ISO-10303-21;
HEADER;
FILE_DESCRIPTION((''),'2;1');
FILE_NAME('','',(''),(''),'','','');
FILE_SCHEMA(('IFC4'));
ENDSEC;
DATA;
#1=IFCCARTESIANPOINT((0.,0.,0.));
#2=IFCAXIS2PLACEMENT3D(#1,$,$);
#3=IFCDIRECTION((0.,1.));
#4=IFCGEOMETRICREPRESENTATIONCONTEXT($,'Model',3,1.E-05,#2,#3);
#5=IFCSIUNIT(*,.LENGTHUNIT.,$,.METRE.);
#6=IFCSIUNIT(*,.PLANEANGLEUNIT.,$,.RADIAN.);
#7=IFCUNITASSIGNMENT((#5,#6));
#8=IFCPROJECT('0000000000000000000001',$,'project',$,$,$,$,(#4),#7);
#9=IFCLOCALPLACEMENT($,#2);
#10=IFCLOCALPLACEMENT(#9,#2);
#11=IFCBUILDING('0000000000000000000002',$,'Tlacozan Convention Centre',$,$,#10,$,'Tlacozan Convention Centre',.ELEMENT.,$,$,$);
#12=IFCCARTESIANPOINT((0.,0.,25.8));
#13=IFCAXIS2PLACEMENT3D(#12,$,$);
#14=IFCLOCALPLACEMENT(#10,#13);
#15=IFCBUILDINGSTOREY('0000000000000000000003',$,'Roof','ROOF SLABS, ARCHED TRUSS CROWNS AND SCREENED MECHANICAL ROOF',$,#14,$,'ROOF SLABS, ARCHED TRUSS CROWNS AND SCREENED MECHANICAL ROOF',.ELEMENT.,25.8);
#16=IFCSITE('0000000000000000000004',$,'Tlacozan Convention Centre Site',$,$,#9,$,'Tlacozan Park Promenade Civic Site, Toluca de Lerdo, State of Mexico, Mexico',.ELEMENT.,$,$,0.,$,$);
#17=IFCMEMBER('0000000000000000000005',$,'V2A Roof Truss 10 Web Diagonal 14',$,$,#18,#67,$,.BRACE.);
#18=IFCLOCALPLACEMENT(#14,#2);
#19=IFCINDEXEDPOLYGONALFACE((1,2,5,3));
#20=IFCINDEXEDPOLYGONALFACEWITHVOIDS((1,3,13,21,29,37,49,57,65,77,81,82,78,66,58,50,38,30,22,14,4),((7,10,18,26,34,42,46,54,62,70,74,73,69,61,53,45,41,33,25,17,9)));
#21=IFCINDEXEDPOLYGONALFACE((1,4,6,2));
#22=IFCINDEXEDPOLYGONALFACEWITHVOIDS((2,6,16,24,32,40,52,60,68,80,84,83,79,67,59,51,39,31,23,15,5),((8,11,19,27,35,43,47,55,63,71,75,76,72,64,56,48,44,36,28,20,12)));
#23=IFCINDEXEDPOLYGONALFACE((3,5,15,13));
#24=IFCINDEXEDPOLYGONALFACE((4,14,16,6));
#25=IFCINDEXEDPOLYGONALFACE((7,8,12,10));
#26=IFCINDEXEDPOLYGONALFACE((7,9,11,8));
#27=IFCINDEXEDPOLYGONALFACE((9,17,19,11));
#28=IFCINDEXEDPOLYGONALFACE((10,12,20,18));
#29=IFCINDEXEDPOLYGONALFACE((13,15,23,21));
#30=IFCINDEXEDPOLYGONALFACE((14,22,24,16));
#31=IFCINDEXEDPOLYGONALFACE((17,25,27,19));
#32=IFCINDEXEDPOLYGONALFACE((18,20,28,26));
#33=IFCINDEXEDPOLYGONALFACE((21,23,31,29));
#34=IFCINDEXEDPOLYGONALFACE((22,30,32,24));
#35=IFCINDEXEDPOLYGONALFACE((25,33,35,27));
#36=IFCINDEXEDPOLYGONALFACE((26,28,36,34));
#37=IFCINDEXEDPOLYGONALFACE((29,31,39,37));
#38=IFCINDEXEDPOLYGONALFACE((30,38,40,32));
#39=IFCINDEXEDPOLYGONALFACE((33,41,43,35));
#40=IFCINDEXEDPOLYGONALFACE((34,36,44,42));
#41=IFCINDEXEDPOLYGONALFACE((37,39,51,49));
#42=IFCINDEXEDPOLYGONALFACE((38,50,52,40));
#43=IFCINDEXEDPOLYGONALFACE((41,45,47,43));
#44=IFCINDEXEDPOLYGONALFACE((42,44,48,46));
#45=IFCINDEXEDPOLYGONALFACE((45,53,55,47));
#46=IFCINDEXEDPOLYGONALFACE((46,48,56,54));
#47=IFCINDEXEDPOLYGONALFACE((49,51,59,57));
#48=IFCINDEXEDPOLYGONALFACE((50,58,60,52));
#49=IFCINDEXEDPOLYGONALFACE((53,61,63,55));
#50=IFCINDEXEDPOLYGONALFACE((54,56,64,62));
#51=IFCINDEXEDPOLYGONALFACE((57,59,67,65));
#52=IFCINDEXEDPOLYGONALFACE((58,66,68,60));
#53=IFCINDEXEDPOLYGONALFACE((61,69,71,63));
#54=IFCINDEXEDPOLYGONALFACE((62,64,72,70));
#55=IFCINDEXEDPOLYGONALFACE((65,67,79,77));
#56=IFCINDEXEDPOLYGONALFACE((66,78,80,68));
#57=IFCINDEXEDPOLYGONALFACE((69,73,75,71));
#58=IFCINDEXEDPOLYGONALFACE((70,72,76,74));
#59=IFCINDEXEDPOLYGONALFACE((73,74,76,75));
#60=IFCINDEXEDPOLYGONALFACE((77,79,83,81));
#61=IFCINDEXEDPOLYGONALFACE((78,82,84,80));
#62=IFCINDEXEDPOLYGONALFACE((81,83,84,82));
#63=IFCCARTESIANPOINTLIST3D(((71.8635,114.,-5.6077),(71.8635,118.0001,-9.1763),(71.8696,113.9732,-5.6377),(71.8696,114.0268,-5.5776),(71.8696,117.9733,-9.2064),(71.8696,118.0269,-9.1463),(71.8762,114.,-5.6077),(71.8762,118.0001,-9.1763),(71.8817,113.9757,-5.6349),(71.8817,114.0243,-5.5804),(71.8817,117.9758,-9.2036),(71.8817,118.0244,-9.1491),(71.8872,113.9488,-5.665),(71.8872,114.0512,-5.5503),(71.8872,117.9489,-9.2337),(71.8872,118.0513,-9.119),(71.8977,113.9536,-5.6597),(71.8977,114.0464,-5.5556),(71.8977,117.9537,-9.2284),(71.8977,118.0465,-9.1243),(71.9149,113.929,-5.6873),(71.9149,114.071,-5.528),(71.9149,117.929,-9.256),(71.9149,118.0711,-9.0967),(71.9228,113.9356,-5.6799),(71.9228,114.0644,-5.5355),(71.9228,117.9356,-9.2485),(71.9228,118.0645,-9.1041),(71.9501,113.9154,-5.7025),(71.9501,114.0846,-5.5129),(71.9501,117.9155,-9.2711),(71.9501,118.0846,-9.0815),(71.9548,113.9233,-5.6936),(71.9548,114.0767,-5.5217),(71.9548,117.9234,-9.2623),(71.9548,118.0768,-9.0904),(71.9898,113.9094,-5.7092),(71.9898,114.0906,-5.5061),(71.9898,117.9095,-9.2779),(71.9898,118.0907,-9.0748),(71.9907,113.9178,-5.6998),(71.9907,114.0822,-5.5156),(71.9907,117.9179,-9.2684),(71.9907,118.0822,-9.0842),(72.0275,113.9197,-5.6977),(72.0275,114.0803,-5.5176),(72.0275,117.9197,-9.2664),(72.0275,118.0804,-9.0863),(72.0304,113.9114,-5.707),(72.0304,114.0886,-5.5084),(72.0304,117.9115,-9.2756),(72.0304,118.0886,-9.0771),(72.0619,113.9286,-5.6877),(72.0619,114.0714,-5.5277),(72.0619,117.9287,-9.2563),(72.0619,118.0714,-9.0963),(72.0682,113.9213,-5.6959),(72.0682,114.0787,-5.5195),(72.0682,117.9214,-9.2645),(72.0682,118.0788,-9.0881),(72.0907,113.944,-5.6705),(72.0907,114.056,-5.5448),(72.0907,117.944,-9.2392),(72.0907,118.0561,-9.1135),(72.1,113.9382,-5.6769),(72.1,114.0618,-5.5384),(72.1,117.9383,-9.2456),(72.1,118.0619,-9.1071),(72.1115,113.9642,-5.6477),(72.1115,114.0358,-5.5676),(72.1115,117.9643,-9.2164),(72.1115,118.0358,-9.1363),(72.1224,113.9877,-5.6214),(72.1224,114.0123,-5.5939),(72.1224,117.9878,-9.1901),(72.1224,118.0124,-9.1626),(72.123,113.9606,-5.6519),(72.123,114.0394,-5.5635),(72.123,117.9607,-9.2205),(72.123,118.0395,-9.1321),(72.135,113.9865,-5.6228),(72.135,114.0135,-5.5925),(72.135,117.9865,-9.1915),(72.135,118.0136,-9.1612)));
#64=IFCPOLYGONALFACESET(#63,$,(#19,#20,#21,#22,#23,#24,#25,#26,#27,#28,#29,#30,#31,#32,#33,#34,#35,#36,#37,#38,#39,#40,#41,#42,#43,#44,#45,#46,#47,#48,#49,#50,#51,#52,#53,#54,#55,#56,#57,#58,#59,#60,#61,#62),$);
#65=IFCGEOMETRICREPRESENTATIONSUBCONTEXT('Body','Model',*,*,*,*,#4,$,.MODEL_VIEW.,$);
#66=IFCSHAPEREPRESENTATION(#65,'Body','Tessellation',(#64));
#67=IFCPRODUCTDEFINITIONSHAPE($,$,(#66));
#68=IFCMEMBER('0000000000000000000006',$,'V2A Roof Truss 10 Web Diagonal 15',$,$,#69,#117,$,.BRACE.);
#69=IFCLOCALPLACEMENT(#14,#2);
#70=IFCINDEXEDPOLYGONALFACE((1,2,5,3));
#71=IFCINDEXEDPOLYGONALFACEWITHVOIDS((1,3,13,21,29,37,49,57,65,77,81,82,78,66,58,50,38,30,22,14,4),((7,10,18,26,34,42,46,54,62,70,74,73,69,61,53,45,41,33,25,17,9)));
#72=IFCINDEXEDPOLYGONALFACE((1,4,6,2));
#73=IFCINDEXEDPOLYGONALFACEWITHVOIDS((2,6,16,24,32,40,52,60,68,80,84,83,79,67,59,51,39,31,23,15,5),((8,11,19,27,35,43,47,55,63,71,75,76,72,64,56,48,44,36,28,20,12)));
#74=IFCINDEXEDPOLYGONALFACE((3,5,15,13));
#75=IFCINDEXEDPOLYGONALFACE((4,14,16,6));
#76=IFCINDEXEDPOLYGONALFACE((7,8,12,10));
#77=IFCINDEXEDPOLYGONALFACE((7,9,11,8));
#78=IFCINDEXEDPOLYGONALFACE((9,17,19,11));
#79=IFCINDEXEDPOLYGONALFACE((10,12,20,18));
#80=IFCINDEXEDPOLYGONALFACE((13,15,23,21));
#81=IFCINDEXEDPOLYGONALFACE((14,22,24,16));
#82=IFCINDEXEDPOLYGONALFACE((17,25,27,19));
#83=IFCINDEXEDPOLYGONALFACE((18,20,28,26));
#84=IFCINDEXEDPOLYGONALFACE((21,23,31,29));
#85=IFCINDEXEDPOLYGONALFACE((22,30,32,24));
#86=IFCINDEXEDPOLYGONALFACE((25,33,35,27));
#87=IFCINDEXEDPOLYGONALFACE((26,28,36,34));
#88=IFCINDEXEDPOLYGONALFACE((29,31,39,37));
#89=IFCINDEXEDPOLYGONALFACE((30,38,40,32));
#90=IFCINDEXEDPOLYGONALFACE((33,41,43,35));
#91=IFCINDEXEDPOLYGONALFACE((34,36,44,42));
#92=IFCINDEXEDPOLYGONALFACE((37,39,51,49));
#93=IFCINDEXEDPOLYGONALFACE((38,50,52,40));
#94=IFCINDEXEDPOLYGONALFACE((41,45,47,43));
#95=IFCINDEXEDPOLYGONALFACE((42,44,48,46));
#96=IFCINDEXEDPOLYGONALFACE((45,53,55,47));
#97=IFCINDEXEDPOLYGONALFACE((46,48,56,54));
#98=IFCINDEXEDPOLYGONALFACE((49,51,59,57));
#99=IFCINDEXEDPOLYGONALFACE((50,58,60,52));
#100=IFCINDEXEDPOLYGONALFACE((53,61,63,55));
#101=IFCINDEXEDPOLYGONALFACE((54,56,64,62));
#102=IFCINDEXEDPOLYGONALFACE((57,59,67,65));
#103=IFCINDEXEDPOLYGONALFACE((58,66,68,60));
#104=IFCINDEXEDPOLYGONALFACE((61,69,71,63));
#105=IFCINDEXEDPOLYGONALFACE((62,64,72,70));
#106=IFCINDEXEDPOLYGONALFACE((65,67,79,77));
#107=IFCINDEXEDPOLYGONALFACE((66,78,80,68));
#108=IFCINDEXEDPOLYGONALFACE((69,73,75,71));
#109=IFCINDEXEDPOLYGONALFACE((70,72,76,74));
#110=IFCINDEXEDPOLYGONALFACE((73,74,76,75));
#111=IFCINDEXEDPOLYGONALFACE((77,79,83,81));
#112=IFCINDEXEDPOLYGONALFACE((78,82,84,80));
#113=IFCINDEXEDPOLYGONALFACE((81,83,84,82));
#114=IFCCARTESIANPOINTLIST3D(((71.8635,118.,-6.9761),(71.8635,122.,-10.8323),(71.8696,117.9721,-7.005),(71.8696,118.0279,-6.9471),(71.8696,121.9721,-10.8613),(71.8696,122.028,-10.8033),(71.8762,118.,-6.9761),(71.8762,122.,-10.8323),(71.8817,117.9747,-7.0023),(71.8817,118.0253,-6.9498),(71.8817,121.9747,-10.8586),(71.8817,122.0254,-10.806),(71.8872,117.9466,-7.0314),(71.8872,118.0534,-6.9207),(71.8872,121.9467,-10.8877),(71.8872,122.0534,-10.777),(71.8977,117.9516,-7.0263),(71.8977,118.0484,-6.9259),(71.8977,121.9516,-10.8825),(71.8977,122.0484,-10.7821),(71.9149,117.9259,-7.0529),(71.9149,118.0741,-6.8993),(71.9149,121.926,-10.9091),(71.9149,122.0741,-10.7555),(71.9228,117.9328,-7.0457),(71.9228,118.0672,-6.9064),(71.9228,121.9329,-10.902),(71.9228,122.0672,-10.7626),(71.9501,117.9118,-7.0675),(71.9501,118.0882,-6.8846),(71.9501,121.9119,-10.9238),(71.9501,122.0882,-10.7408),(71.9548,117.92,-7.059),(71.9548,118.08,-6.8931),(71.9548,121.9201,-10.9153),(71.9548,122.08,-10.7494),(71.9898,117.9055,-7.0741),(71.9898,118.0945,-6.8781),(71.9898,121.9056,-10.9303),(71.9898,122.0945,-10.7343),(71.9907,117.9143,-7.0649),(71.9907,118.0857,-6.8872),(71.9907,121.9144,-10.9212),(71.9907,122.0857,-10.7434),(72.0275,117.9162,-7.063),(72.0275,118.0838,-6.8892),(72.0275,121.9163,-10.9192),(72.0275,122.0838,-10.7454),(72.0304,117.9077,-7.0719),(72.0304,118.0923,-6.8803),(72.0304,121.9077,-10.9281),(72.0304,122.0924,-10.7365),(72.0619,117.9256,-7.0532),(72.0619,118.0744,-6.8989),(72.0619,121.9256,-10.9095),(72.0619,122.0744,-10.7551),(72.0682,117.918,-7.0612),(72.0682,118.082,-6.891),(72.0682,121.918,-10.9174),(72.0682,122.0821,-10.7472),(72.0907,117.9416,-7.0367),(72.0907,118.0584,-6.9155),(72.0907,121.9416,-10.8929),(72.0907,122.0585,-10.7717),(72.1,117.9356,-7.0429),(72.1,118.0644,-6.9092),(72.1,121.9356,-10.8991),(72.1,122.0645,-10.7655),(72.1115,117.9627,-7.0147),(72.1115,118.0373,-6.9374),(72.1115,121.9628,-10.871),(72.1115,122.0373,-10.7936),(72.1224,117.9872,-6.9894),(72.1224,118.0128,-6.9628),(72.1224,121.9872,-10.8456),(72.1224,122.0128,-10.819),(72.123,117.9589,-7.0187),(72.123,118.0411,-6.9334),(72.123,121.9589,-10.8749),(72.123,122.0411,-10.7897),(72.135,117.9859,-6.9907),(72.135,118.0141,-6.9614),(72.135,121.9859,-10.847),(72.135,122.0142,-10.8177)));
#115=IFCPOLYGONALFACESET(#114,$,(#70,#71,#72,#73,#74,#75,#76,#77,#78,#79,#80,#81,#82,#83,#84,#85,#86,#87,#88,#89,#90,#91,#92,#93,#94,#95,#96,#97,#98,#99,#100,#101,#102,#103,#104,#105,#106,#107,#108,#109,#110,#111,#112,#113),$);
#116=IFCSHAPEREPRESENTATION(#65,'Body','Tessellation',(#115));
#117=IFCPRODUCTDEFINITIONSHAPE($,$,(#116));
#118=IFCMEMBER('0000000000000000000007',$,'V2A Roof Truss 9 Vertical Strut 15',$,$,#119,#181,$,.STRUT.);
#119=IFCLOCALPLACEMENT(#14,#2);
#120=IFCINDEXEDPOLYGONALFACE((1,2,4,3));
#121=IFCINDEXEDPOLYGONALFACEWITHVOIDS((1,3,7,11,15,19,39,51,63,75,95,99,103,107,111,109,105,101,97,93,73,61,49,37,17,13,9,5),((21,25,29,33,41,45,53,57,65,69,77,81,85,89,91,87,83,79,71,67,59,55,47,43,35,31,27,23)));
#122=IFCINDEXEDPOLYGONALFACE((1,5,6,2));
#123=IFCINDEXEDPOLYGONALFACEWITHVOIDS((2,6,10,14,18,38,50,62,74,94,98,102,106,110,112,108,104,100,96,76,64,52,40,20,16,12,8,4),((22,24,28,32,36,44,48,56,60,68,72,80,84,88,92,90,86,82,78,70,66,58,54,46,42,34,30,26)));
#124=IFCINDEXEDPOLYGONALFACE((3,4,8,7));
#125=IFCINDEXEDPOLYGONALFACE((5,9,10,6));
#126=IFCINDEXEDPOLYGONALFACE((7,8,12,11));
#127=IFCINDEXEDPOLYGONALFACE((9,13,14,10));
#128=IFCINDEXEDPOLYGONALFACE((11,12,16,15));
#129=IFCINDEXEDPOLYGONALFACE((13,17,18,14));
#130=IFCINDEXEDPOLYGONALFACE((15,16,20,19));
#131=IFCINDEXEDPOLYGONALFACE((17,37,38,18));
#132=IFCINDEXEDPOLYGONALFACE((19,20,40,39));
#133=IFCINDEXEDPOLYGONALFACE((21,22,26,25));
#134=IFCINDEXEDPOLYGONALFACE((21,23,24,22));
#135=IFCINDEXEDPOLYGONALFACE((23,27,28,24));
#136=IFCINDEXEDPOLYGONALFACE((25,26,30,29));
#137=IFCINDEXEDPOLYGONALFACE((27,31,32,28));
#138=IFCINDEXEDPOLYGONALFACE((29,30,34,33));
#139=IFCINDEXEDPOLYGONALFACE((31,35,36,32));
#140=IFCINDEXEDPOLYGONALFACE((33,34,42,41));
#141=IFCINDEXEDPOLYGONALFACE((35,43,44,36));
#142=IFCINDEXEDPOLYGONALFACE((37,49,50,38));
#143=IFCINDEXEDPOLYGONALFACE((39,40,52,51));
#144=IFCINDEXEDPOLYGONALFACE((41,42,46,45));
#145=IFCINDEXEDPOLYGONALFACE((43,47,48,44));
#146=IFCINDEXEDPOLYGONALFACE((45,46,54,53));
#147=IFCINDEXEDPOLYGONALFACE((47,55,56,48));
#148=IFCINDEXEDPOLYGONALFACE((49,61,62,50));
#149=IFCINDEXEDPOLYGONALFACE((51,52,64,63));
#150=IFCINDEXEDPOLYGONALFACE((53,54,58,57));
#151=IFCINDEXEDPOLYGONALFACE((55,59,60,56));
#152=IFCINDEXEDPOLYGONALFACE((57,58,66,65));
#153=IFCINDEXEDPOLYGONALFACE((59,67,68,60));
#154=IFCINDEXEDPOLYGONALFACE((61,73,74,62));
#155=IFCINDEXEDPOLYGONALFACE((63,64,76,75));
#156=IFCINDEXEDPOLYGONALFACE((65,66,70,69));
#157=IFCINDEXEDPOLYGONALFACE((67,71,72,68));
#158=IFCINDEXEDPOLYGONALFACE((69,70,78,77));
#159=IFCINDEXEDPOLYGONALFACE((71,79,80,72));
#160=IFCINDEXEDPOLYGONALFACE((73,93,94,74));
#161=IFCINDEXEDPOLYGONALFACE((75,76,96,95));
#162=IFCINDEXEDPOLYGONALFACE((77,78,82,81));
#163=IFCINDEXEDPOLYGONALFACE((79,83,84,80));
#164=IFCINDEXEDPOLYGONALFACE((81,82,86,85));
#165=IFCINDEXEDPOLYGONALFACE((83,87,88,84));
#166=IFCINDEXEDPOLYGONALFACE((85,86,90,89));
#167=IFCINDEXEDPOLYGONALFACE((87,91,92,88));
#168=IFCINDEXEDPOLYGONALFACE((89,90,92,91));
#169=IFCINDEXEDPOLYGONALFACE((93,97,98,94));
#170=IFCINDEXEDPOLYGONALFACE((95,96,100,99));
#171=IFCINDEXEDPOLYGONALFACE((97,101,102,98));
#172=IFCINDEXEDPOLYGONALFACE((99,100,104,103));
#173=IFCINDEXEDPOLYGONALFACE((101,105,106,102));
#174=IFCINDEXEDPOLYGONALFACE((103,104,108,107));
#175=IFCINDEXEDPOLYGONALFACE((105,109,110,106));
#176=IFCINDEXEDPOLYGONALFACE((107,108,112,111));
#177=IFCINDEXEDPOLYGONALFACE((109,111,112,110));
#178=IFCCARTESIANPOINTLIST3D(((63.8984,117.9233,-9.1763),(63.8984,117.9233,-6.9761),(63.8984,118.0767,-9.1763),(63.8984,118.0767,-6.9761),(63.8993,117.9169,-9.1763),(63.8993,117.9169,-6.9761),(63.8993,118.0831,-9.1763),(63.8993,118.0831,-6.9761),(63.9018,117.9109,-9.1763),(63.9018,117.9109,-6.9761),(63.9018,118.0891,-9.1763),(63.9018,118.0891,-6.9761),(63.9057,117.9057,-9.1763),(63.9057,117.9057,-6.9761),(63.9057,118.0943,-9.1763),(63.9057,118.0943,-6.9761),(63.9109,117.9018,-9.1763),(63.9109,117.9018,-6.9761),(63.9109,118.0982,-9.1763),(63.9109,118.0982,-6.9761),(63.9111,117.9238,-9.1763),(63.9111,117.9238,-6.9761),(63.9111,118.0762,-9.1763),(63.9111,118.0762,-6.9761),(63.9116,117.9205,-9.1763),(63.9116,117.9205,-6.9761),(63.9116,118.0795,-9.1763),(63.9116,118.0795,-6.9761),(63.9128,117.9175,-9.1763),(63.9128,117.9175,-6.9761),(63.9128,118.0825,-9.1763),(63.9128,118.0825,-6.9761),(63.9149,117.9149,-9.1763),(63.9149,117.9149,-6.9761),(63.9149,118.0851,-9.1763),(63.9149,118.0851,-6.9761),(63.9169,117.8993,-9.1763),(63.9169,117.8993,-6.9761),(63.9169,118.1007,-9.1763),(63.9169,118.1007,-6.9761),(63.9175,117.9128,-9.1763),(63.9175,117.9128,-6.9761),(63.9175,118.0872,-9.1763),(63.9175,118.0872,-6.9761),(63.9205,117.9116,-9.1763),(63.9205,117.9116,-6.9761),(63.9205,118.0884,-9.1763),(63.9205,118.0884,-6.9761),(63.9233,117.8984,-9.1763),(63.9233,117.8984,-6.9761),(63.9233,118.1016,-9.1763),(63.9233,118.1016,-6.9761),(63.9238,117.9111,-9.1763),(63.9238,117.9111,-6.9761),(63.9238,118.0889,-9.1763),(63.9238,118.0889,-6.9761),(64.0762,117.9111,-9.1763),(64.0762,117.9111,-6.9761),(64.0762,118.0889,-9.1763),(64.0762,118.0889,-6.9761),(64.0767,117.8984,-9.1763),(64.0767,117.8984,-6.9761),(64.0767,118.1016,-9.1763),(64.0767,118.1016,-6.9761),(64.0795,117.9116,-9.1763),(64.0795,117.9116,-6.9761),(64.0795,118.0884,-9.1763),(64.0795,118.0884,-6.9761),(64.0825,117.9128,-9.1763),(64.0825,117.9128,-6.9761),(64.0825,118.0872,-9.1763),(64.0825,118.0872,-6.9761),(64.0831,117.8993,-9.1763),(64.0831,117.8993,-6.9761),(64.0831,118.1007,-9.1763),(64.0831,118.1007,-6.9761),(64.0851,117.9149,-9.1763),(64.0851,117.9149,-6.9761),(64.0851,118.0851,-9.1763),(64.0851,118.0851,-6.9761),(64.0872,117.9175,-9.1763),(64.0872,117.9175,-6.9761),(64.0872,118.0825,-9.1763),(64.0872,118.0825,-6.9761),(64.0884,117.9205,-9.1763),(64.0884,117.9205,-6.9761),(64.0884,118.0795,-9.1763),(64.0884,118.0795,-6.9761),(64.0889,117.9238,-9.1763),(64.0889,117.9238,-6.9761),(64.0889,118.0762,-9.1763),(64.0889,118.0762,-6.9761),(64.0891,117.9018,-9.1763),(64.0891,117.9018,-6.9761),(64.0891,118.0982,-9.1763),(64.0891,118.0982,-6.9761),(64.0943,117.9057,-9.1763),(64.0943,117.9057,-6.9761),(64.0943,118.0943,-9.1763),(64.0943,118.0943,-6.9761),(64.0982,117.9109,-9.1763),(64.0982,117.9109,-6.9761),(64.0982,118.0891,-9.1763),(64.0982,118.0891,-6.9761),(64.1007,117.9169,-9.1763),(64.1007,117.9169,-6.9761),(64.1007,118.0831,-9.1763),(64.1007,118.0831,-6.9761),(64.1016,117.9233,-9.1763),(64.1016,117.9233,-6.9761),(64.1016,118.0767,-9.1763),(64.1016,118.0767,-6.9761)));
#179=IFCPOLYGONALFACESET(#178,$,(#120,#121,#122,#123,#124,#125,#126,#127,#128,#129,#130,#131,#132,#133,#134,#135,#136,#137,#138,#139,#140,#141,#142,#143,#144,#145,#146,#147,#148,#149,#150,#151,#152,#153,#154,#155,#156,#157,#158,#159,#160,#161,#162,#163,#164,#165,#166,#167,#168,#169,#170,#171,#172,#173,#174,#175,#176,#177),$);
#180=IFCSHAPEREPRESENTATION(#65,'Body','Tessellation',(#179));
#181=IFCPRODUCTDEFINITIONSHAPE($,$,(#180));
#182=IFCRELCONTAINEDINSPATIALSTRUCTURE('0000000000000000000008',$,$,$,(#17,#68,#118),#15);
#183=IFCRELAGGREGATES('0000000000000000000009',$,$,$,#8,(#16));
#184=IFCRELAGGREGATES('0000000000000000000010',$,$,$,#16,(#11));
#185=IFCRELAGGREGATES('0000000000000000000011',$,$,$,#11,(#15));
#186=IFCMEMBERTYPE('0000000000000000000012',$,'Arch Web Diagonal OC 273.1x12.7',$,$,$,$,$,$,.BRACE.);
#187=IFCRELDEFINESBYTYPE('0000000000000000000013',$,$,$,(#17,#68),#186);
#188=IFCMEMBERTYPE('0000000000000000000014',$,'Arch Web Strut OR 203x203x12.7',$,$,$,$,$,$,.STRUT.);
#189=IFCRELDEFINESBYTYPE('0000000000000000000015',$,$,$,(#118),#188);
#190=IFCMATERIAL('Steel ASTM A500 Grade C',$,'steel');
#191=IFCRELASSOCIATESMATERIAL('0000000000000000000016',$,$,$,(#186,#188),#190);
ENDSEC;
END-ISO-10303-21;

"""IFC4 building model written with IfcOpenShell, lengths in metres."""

from ifc_helpers import new_model, si_unit, direction, frame, origin, origin_2d, place, context, subcontext, project, spatial, hollow_rectangle, hollow_circle, extrude, material, material_profile, profile_set, type_object, element, save


model = new_model("IFC4")

# Units and contexts
model_context = context("Model", 3, precision=1e-05, world=origin(), true_north=direction((0.0, 1.0)))
body_context = subcontext(model_context, "Body", "Model", "MODEL_VIEW")
ifc_project = project(units=[si_unit("LENGTHUNIT", "METRE"), si_unit("PLANEANGLEUNIT", "RADIAN")], contexts=[model_context])

# Site, building, storey
site_placement = place(None, origin())
site = spatial("IfcSite", under=ifc_project, at=site_placement, Name="Tlacozan Convention Centre Site", LongName="Tlacozan Park Promenade Civic Site, Toluca de Lerdo, State of Mexico, Mexico", CompositionType="ELEMENT", RefElevation=0.0)
building_placement = place(site_placement, origin())
building = spatial("IfcBuilding", under=site, at=building_placement, Name="Tlacozan Convention Centre", LongName="Tlacozan Convention Centre", CompositionType="ELEMENT")
storey_placement = place(building_placement, frame((0.0, 0.0, 25.8)))
storey = spatial("IfcBuildingStorey", under=building, at=storey_placement, Name="Roof", Description="ROOF SLABS, ARCHED TRUSS CROWNS AND SCREENED MECHANICAL ROOF", LongName="ROOF SLABS, ARCHED TRUSS CROWNS AND SCREENED MECHANICAL ROOF", CompositionType="ELEMENT", Elevation=25.8)

# Members
ifc_material_1 = material(Name="Steel ASTM A500 Grade C", Category="steel")
ifc_material_profile_1 = material_profile(ifc_material_1, hollow_circle(Radius=0.1365, WallThickness=0.0127, at=origin_2d()), Name="OC 273.1x12.7")
ifc_profile_set_1 = profile_set([ifc_material_profile_1], Name="Steel ASTM A500 Grade C")
member_type_1 = type_object("IfcMemberType", Name="Arch Web Diagonal OC 273.1x12.7", PredefinedType="BRACE", material=ifc_profile_set_1)
member_1_placement = place(storey_placement, frame((72.0, 114.0, -5.6077), z_axis=(0.0, 0.746199, -0.665722), x_axis=(-1.0, 0.0, 0.0)))
element("IfcMember", 1, at=member_1_placement, inside=storey, type_object=member_type_1, Name="V2A Roof Truss 10 Web Diagonal 14", PredefinedType="BRACE", context=body_context, shape_type="SweptSolid", body=[
    extrude(hollow_circle(Radius=0.1365, WallThickness=0.0127, at=origin_2d()), origin(), (0.0, 0.0, 1.0), 5.3606),
])
member_2_placement = place(storey_placement, frame((72.0, 118.0, -6.9761), z_axis=(0.0, 0.719929, -0.694048), x_axis=(-1.0, 0.0, 0.0)))
element("IfcMember", 2, at=member_2_placement, inside=storey, type_object=member_type_1, Name="V2A Roof Truss 10 Web Diagonal 15", PredefinedType="BRACE", context=body_context, shape_type="SweptSolid", body=[
    extrude(hollow_circle(Radius=0.1365, WallThickness=0.0127, at=origin_2d()), origin(), (0.0, 0.0, 1.0), 5.5562),
])
ifc_material_profile_2 = material_profile(ifc_material_1, hollow_rectangle(XDim=0.2031, YDim=0.2031, WallThickness=0.0127, InnerFilletRadius=0.0127, OuterFilletRadius=0.0249, at=origin_2d()), Name="OR 203x203x12.7")
ifc_profile_set_2 = profile_set([ifc_material_profile_2], Name="Steel ASTM A500 Grade C")
member_type_2 = type_object("IfcMemberType", Name="Arch Web Strut OR 203x203x12.7", PredefinedType="STRUT", material=ifc_profile_set_2)
member_3_placement = place(storey_placement, frame((64.0, 118.0, -9.1763), z_axis=(0.0, 0.0, 1.0), x_axis=(1.0, 0.0, 0.0)))
element("IfcMember", 3, at=member_3_placement, inside=storey, type_object=member_type_2, Name="V2A Roof Truss 9 Vertical Strut 15", PredefinedType="STRUT", context=body_context, shape_type="SweptSolid", body=[
    extrude(hollow_rectangle(XDim=0.2031, YDim=0.2031, WallThickness=0.0127, InnerFilletRadius=0.0127, OuterFilletRadius=0.0249, at=origin_2d()), origin(), (0.0, 0.0, 1.0), 2.2002),
])

save(model, "model.ifc")
